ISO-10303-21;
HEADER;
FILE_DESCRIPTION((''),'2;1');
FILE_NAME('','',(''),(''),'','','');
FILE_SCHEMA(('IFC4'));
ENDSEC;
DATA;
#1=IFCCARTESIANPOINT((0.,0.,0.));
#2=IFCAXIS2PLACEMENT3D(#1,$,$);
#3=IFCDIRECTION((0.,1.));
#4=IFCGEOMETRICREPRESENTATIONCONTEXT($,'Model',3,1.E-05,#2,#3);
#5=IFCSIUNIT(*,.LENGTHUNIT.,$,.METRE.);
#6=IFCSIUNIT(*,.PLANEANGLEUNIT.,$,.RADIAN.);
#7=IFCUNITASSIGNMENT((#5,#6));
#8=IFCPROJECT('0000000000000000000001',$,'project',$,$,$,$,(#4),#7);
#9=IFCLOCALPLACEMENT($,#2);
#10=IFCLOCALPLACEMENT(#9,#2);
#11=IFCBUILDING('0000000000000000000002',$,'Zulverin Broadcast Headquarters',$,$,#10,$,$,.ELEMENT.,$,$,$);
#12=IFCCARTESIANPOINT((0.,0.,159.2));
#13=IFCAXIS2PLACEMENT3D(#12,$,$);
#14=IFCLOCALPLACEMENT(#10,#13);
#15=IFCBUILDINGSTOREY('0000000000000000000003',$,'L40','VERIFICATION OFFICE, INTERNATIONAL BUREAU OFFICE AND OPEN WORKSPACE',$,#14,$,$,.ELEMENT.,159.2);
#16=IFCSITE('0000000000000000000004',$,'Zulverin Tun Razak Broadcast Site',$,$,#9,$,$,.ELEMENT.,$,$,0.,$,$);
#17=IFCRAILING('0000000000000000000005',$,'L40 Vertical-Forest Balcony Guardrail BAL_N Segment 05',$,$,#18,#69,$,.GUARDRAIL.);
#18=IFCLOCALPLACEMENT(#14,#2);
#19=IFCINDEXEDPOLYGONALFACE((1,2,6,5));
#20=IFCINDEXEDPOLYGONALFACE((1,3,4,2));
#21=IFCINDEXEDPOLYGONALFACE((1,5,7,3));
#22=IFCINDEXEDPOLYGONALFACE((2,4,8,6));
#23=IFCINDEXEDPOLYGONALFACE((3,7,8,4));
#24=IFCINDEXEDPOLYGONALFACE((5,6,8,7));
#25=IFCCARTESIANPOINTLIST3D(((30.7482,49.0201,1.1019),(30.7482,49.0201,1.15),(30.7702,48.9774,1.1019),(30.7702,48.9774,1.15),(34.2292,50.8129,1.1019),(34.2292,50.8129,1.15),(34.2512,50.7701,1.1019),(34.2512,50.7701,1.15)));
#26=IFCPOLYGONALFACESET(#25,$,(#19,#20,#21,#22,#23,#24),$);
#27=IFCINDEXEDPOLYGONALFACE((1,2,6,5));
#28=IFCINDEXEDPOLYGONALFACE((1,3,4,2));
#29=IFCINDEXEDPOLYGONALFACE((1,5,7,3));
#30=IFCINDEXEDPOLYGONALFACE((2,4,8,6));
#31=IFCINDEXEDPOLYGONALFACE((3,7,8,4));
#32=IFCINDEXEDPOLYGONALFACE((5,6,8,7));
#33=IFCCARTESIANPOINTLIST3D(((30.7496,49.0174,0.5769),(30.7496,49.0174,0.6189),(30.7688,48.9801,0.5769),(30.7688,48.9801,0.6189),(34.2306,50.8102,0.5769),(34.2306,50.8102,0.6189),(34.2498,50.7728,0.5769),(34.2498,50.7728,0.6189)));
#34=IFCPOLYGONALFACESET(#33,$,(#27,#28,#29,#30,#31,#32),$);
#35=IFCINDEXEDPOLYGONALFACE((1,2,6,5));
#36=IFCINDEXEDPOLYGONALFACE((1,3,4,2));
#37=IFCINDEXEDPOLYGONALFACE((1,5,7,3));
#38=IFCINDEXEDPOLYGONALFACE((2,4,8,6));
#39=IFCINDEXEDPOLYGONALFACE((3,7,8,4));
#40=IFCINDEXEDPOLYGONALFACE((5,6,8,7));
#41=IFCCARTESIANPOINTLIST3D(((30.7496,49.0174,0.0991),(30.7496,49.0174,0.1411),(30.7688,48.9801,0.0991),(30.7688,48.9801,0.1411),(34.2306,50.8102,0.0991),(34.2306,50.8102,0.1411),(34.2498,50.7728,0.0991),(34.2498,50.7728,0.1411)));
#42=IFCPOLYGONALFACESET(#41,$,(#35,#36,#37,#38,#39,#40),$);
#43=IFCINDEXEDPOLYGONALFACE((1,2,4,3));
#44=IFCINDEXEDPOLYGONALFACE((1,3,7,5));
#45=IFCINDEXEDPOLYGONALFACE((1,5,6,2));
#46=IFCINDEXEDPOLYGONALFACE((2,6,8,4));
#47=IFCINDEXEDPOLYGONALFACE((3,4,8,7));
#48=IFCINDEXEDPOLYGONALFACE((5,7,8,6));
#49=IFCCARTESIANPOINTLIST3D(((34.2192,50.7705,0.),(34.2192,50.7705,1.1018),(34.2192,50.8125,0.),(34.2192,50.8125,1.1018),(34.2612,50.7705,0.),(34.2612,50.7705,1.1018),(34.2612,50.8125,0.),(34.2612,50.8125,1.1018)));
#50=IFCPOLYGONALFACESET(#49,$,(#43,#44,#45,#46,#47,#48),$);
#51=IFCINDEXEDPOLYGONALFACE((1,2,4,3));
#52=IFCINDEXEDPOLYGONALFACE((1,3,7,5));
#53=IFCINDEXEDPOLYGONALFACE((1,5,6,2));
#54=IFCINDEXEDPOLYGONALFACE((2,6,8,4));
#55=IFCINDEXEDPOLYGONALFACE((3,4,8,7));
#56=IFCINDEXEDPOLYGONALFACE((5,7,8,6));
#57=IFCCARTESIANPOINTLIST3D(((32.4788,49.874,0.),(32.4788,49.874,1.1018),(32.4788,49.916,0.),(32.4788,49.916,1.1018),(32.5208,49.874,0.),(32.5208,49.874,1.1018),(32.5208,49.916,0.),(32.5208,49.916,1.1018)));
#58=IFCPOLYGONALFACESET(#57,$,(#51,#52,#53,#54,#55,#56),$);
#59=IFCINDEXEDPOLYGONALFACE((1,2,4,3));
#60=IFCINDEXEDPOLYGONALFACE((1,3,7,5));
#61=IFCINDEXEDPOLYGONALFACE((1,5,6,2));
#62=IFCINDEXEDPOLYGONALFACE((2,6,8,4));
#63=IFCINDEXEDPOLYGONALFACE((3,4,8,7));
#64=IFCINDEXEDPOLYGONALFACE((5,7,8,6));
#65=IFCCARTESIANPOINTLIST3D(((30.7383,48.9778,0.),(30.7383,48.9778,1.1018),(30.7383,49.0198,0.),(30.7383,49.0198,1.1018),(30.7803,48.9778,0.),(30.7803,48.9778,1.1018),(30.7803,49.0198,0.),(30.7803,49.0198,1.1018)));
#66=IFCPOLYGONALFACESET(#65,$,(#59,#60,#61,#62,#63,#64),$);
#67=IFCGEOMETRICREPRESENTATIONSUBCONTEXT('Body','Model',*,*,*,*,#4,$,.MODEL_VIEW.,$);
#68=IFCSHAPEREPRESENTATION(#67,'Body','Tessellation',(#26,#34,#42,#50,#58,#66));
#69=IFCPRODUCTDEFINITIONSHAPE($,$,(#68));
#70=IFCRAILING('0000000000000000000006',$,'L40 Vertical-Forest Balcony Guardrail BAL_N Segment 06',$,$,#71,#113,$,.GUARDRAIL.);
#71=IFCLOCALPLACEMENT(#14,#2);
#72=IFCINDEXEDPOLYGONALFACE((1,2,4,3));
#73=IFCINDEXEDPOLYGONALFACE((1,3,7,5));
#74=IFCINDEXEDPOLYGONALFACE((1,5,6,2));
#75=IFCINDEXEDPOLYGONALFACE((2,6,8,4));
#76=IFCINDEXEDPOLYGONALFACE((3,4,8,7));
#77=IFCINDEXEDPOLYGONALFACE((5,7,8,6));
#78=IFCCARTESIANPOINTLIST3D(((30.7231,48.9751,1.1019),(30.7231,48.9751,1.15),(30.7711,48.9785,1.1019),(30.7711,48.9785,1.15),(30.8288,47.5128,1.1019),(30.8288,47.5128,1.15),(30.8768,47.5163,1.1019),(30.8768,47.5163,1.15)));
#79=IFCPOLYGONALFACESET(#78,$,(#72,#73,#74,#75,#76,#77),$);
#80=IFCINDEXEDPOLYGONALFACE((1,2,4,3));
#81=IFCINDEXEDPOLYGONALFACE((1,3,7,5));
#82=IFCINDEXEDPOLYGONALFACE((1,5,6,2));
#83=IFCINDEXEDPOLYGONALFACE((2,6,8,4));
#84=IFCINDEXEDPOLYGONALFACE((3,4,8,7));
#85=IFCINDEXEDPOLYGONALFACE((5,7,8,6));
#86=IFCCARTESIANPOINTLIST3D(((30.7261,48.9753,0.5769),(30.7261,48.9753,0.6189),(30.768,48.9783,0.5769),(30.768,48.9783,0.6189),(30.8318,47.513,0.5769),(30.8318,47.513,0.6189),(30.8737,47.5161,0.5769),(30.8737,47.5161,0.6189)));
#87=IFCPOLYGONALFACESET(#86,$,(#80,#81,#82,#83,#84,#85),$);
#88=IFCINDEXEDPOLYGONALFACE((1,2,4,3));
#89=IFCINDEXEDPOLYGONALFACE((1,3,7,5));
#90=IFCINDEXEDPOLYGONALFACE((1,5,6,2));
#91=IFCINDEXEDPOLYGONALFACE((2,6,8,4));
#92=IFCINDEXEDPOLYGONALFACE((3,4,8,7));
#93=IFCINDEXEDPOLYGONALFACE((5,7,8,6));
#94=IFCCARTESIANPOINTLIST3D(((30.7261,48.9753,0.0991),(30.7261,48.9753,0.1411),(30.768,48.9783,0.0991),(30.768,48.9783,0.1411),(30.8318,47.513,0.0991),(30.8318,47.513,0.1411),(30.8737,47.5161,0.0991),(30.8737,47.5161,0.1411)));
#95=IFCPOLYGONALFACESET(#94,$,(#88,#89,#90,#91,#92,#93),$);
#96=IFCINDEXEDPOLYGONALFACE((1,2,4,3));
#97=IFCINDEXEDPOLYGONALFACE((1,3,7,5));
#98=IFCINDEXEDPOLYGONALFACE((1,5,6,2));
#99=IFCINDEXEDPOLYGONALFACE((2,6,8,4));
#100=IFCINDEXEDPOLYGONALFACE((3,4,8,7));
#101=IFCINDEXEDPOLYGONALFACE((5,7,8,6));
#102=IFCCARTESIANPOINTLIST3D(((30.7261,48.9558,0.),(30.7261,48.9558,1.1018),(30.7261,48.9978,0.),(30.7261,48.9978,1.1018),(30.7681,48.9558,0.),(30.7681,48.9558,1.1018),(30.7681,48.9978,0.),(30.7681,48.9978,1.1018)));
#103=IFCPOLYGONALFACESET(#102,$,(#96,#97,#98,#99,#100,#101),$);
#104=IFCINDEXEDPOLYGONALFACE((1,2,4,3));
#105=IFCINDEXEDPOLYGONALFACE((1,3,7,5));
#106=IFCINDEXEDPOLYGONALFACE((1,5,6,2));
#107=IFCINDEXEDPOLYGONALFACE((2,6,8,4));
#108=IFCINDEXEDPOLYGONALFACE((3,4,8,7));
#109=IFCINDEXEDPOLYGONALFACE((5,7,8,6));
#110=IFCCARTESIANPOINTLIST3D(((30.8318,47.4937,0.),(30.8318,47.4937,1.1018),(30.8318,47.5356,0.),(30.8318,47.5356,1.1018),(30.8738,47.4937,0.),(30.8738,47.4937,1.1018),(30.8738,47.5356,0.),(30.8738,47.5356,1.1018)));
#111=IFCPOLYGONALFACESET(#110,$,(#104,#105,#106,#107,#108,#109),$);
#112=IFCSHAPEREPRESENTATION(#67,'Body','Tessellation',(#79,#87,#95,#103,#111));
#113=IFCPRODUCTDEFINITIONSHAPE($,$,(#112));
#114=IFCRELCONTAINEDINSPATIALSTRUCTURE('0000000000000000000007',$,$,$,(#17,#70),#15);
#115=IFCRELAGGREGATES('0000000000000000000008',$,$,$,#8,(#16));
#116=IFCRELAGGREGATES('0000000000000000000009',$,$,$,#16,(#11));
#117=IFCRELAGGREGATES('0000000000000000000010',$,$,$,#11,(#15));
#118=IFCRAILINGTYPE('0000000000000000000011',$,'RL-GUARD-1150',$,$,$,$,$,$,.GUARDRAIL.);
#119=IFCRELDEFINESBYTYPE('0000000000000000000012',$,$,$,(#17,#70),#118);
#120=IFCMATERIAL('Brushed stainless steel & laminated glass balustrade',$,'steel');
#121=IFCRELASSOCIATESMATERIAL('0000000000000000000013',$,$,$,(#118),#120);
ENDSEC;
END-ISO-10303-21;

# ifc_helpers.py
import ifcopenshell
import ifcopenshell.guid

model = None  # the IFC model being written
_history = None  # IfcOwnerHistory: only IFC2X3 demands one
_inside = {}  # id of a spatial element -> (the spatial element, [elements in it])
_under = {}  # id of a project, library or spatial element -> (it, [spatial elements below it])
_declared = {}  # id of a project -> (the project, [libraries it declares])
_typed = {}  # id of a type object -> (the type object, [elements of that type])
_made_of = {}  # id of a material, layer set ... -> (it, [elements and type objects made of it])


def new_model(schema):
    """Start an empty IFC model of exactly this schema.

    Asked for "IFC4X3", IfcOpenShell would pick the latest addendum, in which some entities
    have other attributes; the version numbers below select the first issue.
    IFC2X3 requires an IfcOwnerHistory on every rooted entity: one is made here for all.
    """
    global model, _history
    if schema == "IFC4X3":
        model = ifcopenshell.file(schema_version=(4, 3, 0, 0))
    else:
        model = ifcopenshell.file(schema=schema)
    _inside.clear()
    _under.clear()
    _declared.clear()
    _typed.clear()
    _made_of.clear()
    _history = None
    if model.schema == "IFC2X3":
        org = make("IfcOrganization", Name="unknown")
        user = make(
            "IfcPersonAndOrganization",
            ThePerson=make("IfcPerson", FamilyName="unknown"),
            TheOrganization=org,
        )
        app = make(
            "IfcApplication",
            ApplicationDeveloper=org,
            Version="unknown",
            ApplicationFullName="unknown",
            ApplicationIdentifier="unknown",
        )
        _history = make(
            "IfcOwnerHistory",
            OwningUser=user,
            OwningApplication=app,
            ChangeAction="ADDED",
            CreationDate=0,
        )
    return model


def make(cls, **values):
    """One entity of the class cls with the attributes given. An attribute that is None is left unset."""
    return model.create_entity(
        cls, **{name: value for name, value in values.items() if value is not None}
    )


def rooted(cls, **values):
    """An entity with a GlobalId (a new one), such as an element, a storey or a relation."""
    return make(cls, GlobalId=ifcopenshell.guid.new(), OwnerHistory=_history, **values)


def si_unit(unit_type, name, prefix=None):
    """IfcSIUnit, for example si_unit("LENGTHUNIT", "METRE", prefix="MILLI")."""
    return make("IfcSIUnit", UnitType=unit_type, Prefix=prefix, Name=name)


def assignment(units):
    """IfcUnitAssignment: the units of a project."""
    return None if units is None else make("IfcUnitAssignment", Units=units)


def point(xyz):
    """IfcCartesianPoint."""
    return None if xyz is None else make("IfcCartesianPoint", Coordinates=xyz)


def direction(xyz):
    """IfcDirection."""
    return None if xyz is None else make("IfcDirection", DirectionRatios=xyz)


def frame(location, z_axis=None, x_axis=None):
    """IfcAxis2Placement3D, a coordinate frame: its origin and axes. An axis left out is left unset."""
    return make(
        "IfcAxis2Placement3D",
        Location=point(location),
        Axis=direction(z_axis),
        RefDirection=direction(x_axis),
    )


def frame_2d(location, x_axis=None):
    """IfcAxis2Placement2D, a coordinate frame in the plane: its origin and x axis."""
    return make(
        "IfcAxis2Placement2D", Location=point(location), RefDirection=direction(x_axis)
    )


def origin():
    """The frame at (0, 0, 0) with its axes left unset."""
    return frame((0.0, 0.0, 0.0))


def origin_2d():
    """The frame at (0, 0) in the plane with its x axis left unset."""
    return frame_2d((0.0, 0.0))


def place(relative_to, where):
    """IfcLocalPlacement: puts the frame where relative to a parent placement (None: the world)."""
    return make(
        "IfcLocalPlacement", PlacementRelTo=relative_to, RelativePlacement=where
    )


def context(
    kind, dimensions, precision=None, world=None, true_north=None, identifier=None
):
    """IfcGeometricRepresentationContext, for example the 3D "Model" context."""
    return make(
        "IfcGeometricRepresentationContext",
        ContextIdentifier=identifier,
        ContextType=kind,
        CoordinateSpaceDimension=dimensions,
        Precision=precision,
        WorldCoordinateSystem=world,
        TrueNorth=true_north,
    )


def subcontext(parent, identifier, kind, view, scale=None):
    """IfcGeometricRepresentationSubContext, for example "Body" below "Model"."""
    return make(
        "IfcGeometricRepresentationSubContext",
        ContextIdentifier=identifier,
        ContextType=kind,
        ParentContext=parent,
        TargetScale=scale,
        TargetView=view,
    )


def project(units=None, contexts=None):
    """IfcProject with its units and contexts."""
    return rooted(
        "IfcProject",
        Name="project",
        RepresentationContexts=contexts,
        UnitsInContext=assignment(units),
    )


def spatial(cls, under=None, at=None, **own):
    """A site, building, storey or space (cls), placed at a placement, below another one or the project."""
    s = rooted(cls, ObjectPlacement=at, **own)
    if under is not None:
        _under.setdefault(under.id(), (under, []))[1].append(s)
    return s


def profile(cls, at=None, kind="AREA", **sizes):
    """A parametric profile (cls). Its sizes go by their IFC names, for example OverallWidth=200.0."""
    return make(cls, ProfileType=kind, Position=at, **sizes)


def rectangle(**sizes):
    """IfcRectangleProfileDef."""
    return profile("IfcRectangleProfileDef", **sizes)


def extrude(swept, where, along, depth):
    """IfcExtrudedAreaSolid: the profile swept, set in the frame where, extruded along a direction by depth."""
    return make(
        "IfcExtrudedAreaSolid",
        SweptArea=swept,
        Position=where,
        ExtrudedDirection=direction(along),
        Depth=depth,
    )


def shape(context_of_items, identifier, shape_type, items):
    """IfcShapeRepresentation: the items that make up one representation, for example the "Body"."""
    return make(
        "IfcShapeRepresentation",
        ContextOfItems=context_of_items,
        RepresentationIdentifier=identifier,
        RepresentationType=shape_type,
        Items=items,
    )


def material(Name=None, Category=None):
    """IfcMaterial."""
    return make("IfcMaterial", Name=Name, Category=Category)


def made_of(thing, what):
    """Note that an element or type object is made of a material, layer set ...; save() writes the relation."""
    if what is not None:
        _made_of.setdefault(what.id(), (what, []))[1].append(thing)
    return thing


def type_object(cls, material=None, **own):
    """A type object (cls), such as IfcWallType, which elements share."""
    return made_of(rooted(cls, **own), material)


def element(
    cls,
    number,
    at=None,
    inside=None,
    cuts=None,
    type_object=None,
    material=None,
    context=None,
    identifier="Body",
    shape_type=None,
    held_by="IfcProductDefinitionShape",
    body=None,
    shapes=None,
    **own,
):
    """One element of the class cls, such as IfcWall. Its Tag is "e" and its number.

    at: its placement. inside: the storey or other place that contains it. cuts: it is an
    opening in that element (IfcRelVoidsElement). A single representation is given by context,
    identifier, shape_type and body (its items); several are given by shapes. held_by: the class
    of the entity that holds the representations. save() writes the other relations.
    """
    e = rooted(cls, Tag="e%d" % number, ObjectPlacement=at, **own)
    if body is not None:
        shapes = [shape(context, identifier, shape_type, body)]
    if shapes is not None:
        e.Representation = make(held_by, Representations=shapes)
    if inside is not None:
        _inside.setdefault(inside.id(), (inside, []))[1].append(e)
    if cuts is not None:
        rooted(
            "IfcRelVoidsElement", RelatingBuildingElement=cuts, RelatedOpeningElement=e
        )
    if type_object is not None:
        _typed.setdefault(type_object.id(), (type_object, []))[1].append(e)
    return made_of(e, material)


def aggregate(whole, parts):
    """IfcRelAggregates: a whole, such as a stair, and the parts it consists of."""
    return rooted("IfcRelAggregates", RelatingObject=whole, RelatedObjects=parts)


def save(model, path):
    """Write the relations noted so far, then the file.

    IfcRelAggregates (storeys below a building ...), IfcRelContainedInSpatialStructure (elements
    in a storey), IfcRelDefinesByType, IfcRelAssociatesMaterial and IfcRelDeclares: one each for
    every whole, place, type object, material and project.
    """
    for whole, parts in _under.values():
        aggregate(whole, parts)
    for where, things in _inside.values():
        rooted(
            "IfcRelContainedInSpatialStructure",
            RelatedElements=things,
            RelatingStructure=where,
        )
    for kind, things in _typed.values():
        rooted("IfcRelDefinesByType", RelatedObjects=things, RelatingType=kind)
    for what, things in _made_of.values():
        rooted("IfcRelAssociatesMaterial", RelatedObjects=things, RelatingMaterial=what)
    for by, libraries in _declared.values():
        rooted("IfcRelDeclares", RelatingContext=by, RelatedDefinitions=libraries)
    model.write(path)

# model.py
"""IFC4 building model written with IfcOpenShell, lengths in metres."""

from ifc_helpers import new_model, si_unit, direction, frame, origin, origin_2d, place, context, subcontext, project, spatial, rectangle, extrude, material, type_object, element, save


model = new_model("IFC4")

# Units and contexts
model_context = context("Model", 3, precision=1e-05, world=origin(), true_north=direction((0.0, 1.0)))
body_context = subcontext(model_context, "Body", "Model", "MODEL_VIEW")
ifc_project = project(units=[si_unit("LENGTHUNIT", "METRE"), si_unit("PLANEANGLEUNIT", "RADIAN")], contexts=[model_context])

# Site, building, storey
site_placement = place(None, origin())
site = spatial("IfcSite", under=ifc_project, at=site_placement, Name="Zulverin Tun Razak Broadcast Site", CompositionType="ELEMENT", RefElevation=0.0)
building_placement = place(site_placement, origin())
building = spatial("IfcBuilding", under=site, at=building_placement, Name="Zulverin Broadcast Headquarters", CompositionType="ELEMENT")
storey_placement = place(building_placement, frame((0.0, 0.0, 159.2)))
storey = spatial("IfcBuildingStorey", under=building, at=storey_placement, Name="L40", Description="VERIFICATION OFFICE, INTERNATIONAL BUREAU OFFICE AND OPEN WORKSPACE", CompositionType="ELEMENT", Elevation=159.2)

# Railings
ifc_material_1 = material(Name="Brushed stainless steel & laminated glass balustrade", Category="steel")
railing_type = type_object("IfcRailingType", Name="RL-GUARD-1150", PredefinedType="GUARDRAIL", material=ifc_material_1)
railing_1_placement = place(storey_placement, frame((34.2402, 50.7915, 0.0)))
element("IfcRailing", 1, at=railing_1_placement, inside=storey, type_object=railing_type, Name="L40 Vertical-Forest Balcony Guardrail BAL_N Segment 05", PredefinedType="GUARDRAIL", context=body_context, shape_type="SweptSolid", body=[
    extrude(rectangle(XDim=0.0481, YDim=0.0481, at=origin_2d()), frame((0.0, 0.0, 1.126), z_axis=(-0.889026, -0.457857, 0.0), x_axis=(0.457857, -0.889026, 0.0)), (0.0, 0.0, 1.0), 3.9155),
    extrude(rectangle(XDim=0.042, YDim=0.042, at=origin_2d()), frame((0.0, 0.0, 0.5979), z_axis=(-0.889026, -0.457857, 0.0), x_axis=(0.457857, -0.889026, 0.0)), (0.0, 0.0, 1.0), 3.9155),
    extrude(rectangle(XDim=0.042, YDim=0.042, at=origin_2d()), frame((0.0, 0.0, 0.1201), z_axis=(-0.889026, -0.457857, 0.0), x_axis=(0.457857, -0.889026, 0.0)), (0.0, 0.0, 1.0), 3.9155),
    extrude(rectangle(XDim=0.042, YDim=0.042, at=origin_2d()), origin(), (0.0, 0.0, 1.0), 1.1018),
    extrude(rectangle(XDim=0.042, YDim=0.042, at=origin_2d()), frame((-1.7405, -0.8965, 0.0)), (0.0, 0.0, 1.0), 1.1018),
    extrude(rectangle(XDim=0.042, YDim=0.042, at=origin_2d()), frame((-3.481, -1.7927, 0.0)), (0.0, 0.0, 1.0), 1.1018),
])
railing_2_placement = place(storey_placement, frame((30.7471, 48.9768, 0.0)))
element("IfcRailing", 2, at=railing_2_placement, inside=storey, type_object=railing_type, Name="L40 Vertical-Forest Balcony Guardrail BAL_N Segment 06", PredefinedType="GUARDRAIL", context=body_context, shape_type="SweptSolid", body=[
    extrude(rectangle(XDim=0.0481, YDim=0.0481, at=origin_2d()), frame((0.0, 0.0, 1.126), z_axis=(0.072111, -0.997397, 0.0), x_axis=(0.997397, 0.072111, 0.0)), (0.0, 0.0, 1.0), 1.4661),
    extrude(rectangle(XDim=0.042, YDim=0.042, at=origin_2d()), frame((0.0, 0.0, 0.5979), z_axis=(0.072111, -0.997397, 0.0), x_axis=(0.997397, 0.072111, 0.0)), (0.0, 0.0, 1.0), 1.4661),
    extrude(rectangle(XDim=0.042, YDim=0.042, at=origin_2d()), frame((0.0, 0.0, 0.1201), z_axis=(0.072111, -0.997397, 0.0), x_axis=(0.997397, 0.072111, 0.0)), (0.0, 0.0, 1.0), 1.4661),
    extrude(rectangle(XDim=0.042, YDim=0.042, at=origin_2d()), origin(), (0.0, 0.0, 1.0), 1.1018),
    extrude(rectangle(XDim=0.042, YDim=0.042, at=origin_2d()), frame((0.1057, -1.4622, 0.0)), (0.0, 0.0, 1.0), 1.1018),
])

save(model, "model.ifc")
